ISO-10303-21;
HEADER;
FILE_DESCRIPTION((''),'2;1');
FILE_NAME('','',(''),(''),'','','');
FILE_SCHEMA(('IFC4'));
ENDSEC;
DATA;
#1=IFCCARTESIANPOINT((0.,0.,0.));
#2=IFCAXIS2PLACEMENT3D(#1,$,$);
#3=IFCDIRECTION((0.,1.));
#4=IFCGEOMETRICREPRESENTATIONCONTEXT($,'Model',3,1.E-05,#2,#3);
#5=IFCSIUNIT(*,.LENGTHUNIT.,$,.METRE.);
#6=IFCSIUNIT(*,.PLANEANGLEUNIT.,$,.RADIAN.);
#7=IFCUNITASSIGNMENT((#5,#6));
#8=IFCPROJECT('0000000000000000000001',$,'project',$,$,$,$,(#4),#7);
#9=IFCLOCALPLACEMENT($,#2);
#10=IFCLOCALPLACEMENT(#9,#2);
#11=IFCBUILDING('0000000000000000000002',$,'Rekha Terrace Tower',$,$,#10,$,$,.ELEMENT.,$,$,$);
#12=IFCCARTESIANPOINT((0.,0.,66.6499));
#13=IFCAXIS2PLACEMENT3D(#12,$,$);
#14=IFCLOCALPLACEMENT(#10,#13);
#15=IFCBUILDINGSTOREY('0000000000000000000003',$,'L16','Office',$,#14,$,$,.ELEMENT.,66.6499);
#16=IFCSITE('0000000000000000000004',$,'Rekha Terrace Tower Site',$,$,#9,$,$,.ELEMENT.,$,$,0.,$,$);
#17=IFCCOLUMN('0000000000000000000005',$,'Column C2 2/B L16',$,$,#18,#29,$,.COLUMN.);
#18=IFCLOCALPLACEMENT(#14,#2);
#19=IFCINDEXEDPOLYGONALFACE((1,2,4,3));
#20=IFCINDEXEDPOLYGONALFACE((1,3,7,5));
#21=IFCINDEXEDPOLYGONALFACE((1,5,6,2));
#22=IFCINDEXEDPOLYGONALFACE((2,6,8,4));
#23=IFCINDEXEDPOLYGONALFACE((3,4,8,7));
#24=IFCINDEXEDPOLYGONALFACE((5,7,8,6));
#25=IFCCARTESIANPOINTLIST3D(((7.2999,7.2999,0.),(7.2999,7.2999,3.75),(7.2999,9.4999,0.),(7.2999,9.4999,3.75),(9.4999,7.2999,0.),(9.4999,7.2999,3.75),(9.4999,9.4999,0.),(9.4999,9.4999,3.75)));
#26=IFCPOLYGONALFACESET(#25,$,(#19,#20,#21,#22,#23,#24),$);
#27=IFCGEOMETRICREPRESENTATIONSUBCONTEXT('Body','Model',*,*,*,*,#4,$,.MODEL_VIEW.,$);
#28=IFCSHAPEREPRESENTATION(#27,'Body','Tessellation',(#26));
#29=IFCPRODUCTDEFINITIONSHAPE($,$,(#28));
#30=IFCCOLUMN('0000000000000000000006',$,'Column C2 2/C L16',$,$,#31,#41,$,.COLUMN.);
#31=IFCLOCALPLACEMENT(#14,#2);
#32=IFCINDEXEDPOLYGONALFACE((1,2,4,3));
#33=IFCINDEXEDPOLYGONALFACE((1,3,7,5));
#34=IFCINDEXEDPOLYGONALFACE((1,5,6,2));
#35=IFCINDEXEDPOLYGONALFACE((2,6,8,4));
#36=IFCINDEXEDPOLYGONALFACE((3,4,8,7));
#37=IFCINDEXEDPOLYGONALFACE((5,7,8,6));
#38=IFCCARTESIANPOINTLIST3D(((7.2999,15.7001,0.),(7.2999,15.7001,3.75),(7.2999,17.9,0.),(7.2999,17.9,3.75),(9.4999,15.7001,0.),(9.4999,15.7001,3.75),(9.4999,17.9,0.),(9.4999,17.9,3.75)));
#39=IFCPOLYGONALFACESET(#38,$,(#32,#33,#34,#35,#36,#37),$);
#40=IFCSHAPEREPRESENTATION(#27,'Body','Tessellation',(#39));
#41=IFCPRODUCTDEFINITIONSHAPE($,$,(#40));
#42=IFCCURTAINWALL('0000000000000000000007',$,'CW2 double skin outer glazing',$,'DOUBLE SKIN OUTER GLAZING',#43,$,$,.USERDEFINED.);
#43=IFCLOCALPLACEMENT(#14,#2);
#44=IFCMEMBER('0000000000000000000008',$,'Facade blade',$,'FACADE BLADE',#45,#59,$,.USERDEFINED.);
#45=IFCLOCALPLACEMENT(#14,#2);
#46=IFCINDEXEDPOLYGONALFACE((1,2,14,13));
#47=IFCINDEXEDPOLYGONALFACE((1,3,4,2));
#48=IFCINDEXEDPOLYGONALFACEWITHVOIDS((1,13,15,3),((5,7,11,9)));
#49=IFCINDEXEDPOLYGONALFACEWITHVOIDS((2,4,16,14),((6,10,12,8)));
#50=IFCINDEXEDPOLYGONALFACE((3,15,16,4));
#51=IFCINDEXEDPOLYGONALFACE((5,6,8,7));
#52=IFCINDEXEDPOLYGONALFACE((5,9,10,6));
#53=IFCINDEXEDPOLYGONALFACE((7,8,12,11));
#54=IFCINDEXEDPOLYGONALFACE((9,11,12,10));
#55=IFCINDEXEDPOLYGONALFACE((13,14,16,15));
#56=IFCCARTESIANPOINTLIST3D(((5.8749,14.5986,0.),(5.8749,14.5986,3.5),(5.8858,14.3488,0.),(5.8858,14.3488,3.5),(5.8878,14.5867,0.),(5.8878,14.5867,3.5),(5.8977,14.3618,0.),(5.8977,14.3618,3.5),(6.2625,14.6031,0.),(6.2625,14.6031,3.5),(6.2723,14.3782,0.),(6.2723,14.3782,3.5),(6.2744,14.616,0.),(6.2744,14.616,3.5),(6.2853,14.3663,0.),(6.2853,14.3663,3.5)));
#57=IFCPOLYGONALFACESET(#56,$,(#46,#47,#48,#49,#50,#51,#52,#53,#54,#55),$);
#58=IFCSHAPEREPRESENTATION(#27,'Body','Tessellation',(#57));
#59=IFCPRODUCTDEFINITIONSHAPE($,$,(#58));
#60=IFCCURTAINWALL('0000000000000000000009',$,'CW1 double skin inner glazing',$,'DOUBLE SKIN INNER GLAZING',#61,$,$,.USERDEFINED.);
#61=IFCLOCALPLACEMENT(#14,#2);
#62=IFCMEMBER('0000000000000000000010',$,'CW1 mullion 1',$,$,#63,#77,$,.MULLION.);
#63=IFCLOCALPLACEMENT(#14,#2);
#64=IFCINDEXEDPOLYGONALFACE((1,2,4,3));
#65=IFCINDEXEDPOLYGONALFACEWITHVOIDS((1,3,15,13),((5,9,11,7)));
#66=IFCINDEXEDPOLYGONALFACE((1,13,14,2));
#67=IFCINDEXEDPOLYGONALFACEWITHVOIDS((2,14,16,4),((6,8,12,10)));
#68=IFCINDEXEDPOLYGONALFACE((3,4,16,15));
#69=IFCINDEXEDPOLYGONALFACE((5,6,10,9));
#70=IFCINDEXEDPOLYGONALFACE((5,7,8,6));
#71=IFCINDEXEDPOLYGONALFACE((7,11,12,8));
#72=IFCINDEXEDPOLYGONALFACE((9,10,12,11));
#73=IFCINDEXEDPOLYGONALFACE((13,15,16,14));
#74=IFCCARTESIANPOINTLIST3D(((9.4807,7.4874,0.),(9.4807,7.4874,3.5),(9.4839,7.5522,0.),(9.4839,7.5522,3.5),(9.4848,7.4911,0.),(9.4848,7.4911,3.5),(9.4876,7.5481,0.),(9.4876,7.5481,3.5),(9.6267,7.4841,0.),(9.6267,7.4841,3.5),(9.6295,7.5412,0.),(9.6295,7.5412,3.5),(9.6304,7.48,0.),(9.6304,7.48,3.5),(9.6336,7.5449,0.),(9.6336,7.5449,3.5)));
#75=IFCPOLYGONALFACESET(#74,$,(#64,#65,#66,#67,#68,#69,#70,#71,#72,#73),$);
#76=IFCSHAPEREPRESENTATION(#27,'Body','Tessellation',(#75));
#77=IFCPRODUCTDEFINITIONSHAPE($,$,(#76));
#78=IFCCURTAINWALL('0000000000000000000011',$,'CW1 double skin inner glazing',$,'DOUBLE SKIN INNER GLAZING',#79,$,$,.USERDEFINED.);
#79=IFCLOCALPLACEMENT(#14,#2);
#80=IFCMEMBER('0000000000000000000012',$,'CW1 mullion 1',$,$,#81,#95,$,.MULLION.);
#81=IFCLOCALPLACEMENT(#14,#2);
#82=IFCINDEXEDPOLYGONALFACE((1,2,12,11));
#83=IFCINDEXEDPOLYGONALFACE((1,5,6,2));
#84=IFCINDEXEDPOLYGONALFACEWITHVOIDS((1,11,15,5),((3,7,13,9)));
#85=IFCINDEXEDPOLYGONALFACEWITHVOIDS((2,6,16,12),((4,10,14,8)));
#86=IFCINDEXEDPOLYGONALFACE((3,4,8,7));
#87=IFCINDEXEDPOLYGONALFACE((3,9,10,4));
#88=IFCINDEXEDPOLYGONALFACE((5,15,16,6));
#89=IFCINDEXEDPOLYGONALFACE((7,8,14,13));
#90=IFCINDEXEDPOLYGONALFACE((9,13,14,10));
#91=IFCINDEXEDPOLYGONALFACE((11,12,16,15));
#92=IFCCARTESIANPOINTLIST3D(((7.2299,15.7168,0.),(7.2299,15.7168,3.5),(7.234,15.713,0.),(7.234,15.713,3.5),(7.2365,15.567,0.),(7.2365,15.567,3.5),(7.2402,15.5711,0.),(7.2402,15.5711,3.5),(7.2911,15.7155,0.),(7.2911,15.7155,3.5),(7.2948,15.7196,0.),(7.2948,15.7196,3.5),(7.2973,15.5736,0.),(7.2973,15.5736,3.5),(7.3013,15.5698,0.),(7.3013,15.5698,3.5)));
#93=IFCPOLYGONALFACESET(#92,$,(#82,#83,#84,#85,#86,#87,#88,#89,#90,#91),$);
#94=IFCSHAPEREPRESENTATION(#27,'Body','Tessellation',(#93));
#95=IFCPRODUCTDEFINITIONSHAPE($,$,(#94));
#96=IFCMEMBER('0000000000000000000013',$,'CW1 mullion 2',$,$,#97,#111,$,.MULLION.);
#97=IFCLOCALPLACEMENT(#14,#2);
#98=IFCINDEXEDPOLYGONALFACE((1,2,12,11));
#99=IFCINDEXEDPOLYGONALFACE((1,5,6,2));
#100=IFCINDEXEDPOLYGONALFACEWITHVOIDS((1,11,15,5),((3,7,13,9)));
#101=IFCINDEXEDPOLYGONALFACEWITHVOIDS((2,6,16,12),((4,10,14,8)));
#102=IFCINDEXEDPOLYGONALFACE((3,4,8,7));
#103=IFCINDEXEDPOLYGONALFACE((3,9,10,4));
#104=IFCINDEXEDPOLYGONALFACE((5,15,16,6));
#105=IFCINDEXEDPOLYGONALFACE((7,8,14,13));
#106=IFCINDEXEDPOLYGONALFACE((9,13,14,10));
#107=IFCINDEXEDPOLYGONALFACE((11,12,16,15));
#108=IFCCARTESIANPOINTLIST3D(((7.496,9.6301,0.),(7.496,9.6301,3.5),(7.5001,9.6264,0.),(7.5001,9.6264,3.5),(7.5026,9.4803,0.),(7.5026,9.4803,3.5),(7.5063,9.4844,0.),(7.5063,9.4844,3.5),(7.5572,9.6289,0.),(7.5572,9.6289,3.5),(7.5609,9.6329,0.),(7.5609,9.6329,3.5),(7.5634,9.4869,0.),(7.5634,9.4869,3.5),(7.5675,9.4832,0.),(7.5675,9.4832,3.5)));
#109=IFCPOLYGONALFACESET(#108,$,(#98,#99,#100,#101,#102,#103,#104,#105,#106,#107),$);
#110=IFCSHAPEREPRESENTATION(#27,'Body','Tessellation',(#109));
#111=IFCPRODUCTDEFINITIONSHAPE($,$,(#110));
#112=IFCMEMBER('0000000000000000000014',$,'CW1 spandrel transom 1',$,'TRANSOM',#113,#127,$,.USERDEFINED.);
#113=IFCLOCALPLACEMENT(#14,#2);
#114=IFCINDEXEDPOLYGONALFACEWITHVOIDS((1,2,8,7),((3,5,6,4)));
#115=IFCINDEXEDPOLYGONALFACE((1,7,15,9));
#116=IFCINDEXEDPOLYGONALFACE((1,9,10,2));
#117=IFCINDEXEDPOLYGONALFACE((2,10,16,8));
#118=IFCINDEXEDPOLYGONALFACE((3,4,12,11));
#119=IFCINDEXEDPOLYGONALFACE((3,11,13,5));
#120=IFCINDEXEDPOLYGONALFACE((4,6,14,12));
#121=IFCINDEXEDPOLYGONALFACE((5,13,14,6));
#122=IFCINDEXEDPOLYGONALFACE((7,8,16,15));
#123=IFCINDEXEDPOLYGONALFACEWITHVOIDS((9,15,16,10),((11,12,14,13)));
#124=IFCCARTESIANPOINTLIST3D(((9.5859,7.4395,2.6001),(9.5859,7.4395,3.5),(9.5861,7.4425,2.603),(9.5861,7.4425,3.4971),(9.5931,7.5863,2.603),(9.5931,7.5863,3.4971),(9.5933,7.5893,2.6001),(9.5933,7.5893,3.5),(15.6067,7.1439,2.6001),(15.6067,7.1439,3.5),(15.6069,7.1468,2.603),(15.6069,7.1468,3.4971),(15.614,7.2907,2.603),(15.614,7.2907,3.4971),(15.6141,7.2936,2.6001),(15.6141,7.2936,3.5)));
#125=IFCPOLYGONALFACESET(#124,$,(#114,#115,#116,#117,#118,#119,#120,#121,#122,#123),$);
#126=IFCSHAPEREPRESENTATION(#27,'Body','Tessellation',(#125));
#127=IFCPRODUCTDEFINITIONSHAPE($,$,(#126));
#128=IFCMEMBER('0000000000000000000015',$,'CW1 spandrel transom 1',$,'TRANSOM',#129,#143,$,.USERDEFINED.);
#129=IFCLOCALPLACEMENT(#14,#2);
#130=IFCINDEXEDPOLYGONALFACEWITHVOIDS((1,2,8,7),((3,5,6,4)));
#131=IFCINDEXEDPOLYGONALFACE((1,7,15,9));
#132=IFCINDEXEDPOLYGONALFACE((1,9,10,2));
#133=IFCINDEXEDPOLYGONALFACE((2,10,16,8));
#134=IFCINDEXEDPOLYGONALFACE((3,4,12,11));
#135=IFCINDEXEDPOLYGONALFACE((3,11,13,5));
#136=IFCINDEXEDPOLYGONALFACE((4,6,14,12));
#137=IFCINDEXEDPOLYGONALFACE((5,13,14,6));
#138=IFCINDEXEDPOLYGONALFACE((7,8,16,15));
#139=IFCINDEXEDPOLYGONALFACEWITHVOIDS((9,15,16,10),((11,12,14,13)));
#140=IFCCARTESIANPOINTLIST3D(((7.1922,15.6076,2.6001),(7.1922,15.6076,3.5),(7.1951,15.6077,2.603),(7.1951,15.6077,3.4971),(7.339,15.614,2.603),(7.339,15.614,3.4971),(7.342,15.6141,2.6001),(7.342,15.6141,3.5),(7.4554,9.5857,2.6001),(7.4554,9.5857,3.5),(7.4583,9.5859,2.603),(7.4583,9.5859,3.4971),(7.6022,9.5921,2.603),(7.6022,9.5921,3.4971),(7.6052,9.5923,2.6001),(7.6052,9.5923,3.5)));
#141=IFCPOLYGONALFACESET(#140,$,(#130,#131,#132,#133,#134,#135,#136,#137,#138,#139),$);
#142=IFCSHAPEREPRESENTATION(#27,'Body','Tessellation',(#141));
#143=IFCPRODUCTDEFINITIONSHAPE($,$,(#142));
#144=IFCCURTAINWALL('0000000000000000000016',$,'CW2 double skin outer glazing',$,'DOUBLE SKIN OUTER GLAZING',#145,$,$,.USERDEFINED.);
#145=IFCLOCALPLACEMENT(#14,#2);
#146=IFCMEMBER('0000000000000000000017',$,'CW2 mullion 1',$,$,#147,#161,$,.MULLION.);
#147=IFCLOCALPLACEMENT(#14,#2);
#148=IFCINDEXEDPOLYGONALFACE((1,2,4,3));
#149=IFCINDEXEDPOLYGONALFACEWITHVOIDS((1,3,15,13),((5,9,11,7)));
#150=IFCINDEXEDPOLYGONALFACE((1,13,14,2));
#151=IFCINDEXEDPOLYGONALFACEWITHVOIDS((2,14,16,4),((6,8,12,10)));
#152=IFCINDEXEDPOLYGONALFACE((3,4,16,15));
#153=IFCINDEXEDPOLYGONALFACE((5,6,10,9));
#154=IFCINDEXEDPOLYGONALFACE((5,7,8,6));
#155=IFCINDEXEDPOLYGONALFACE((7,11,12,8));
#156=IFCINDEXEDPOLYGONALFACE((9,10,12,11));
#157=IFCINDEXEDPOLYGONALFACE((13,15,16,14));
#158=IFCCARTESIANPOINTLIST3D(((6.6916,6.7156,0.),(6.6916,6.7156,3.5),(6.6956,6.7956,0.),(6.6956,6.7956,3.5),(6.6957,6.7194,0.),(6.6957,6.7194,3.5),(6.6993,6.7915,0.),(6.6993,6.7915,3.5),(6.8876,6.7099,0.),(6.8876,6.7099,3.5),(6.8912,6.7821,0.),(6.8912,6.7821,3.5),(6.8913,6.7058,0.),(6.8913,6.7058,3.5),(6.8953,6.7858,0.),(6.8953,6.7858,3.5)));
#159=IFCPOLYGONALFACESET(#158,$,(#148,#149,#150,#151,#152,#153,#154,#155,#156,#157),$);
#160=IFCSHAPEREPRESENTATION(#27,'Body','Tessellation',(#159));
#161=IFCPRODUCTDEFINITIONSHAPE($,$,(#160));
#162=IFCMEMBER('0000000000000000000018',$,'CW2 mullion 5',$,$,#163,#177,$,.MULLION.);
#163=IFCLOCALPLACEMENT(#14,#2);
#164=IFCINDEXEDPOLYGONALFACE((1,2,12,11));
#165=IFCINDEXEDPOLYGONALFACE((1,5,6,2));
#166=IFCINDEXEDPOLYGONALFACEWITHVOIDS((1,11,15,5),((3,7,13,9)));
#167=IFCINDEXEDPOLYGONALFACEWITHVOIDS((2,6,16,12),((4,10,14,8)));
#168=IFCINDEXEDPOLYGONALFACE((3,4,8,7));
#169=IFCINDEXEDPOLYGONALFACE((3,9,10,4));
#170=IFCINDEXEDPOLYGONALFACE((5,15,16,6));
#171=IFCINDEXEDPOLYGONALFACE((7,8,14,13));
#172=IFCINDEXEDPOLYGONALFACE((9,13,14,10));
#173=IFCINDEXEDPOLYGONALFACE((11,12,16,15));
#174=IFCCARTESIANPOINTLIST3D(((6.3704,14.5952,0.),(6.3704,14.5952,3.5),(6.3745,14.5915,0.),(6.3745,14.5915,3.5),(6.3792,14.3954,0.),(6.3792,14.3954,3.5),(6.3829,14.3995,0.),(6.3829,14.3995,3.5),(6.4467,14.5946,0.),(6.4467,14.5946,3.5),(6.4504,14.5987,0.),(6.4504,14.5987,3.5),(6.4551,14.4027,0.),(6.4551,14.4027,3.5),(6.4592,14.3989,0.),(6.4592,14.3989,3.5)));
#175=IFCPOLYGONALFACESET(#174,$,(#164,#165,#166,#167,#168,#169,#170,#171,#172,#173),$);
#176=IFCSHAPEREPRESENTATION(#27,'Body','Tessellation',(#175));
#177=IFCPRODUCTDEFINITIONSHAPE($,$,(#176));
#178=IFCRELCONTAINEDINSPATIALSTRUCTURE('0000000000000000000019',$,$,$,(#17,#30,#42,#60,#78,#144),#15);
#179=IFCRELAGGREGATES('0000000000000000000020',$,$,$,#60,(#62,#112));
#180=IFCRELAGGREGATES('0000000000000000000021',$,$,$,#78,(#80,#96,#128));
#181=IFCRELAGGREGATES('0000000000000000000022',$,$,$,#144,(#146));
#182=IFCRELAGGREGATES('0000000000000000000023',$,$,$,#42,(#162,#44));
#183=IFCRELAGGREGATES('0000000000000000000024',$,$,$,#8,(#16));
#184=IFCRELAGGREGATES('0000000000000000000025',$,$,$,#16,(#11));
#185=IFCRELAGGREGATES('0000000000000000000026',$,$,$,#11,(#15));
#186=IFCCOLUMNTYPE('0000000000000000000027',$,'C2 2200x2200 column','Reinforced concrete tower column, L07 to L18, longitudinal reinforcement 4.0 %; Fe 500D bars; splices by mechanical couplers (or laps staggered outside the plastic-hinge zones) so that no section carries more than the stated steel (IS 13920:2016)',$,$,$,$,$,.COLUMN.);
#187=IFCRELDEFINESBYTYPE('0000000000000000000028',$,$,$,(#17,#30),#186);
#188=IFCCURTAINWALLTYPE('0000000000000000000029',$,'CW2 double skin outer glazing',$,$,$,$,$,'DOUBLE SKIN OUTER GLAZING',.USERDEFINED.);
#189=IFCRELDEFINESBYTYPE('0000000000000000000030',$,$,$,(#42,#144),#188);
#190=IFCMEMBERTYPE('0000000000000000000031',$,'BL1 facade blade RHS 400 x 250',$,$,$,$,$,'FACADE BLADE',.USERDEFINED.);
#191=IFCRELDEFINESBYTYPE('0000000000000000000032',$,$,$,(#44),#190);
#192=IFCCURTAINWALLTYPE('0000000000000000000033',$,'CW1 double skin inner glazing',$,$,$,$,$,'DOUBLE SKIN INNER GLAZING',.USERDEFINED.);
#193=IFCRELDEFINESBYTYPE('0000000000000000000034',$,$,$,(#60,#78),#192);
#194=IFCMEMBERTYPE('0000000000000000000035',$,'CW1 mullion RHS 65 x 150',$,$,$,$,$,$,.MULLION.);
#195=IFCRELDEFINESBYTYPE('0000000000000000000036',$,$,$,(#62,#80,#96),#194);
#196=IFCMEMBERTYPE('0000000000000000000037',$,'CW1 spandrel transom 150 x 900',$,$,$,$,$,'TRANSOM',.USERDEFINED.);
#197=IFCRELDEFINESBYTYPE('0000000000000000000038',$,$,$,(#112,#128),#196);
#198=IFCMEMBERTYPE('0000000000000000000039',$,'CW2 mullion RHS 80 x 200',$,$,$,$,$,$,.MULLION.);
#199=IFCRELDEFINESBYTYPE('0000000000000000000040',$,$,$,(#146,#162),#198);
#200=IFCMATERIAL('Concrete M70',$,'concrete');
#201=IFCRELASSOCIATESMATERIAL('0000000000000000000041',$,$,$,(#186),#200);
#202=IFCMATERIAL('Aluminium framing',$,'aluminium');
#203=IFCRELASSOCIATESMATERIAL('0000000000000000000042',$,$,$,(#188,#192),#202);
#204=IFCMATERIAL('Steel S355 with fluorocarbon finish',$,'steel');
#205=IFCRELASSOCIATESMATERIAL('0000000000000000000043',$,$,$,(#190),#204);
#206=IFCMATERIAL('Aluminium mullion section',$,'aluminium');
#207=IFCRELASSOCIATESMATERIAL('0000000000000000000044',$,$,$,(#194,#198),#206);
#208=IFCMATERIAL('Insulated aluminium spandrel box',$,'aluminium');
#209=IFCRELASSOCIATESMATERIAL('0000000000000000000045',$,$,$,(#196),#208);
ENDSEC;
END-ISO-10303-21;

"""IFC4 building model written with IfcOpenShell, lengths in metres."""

from ifc_helpers import new_model, si_unit, direction, frame, origin, origin_2d, place, context, subcontext, project, spatial, rectangle, hollow_rectangle, extrude, material, material_profile, profile_set, type_object, element, aggregate, save


model = new_model("IFC4")

# Units and contexts
model_context = context("Model", 3, precision=1e-05, world=origin(), true_north=direction((0.0, 1.0)))
body_context = subcontext(model_context, "Body", "Model", "MODEL_VIEW")
ifc_project = project(units=[si_unit("LENGTHUNIT", "METRE"), si_unit("PLANEANGLEUNIT", "RADIAN")], contexts=[model_context])

# Site, building, storey
site_placement = place(None, origin())
site = spatial("IfcSite", under=ifc_project, at=site_placement, Name="Rekha Terrace Tower Site", CompositionType="ELEMENT", RefElevation=0.0)
building_placement = place(site_placement, origin())
building = spatial("IfcBuilding", under=site, at=building_placement, Name="Rekha Terrace Tower", CompositionType="ELEMENT")
storey_placement = place(building_placement, frame((0.0, 0.0, 66.6499)))
storey = spatial("IfcBuildingStorey", under=building, at=storey_placement, Name="L16", Description="Office", CompositionType="ELEMENT", Elevation=66.6499)

# Columns
ifc_material_1 = material(Name="Concrete M70", Category="concrete")
ifc_material_profile_1 = material_profile(ifc_material_1, rectangle(XDim=2.2, YDim=2.2, at=origin_2d()), Name="RC 2200x2200")
ifc_profile_set_1 = profile_set([ifc_material_profile_1], Name="Concrete M70")
column_type = type_object("IfcColumnType", Name="C2 2200x2200 column", Description="Reinforced concrete tower column, L07 to L18, longitudinal reinforcement 4.0 %; Fe 500D bars; splices by mechanical couplers (or laps staggered outside the plastic-hinge zones) so that no section carries more than the stated steel (IS 13920:2016)", PredefinedType="COLUMN", material=ifc_profile_set_1)
for number, where, z_axis, x_axis, name in (
    (1, (8.3999, 8.3999, 0.0), (0.0, 0.0, 1.0), (1.0, 0.0, 0.0), "Column C2 2/B L16"),
    (2, (8.3999, 16.8, 0.0), (0.0, 0.0, 1.0), (1.0, 0.0, 0.0), "Column C2 2/C L16"),
):
    element("IfcColumn", number, at=place(storey_placement, frame(where, z_axis=z_axis, x_axis=x_axis)), inside=storey, type_object=column_type, Name=name, PredefinedType="COLUMN", context=body_context, shape_type="SweptSolid", body=[
        extrude(rectangle(XDim=2.2, YDim=2.2, at=origin_2d()), origin(), (0.0, 0.0, 1.0), 3.75),
    ])

# Curtain walls, members
ifc_material_2 = material(Name="Aluminium framing", Category="aluminium")
curtain_wall_type_1 = type_object("IfcCurtainWallType", Name="CW2 double skin outer glazing", ElementType="DOUBLE SKIN OUTER GLAZING", PredefinedType="USERDEFINED", material=ifc_material_2)
curtain_wall_1_placement = place(storey_placement, origin())
curtain_wall_1 = element("IfcCurtainWall", 3, at=curtain_wall_1_placement, inside=storey, type_object=curtain_wall_type_1, Name="CW2 double skin outer glazing", ObjectType="DOUBLE SKIN OUTER GLAZING", PredefinedType="USERDEFINED")
ifc_material_3 = material(Name="Steel S355 with fluorocarbon finish", Category="steel")
ifc_material_profile_2 = material_profile(ifc_material_3, hollow_rectangle(XDim=0.25, YDim=0.3999, WallThickness=0.0125, at=origin_2d()), Name="RHS400x250x12.5")
ifc_profile_set_2 = profile_set([ifc_material_profile_2], Name="Steel S355 with fluorocarbon finish")
member_type_1 = type_object("IfcMemberType", Name="BL1 facade blade RHS 400 x 250", ElementType="FACADE BLADE", PredefinedType="USERDEFINED", material=ifc_profile_set_2)
member_1_placement = place(storey_placement, frame((6.0801, 14.4824, 0.0), z_axis=(0.0, 0.0, 1.0), x_axis=(0.043682, -0.999045, 0.0)))
member_1 = element("IfcMember", 4, at=member_1_placement, type_object=member_type_1, Name="Facade blade", ObjectType="FACADE BLADE", PredefinedType="USERDEFINED", context=body_context, shape_type="SweptSolid", body=[
    extrude(hollow_rectangle(XDim=0.25, YDim=0.3999, WallThickness=0.0125, at=origin_2d()), origin(), (0.0, 0.0, 1.0), 3.5),
])
curtain_wall_type_2 = type_object("IfcCurtainWallType", Name="CW1 double skin inner glazing", ElementType="DOUBLE SKIN INNER GLAZING", PredefinedType="USERDEFINED", material=ifc_material_2)
curtain_wall_2_placement = place(storey_placement, origin())
curtain_wall_2 = element("IfcCurtainWall", 5, at=curtain_wall_2_placement, inside=storey, type_object=curtain_wall_type_2, Name="CW1 double skin inner glazing", ObjectType="DOUBLE SKIN INNER GLAZING", PredefinedType="USERDEFINED")
ifc_material_4 = material(Name="Aluminium mullion section", Category="aluminium")
ifc_material_profile_3 = material_profile(ifc_material_4, hollow_rectangle(XDim=0.0649, YDim=0.1499, WallThickness=0.0039, at=origin_2d()), Name="AL RHS 65x150")
ifc_profile_set_3 = profile_set([ifc_material_profile_3], Name="Aluminium mullion section")
member_type_2 = type_object("IfcMemberType", Name="CW1 mullion RHS 65 x 150", PredefinedType="MULLION", material=ifc_profile_set_3)
member_2_placement = place(storey_placement, frame((9.5571, 7.5161, 0.0), z_axis=(0.0, 0.0, 1.0), x_axis=(0.049052, 0.998796, 0.0)))
member_2 = element("IfcMember", 6, at=member_2_placement, type_object=member_type_2, Name="CW1 mullion 1", PredefinedType="MULLION", context=body_context, shape_type="SweptSolid", body=[
    extrude(hollow_rectangle(XDim=0.0649, YDim=0.1499, WallThickness=0.0039, at=origin_2d()), origin(), (0.0, 0.0, 1.0), 3.5),
])

# Curtain wall, members
curtain_wall_3_placement = place(storey_placement, origin())
curtain_wall_3 = element("IfcCurtainWall", 7, at=curtain_wall_3_placement, inside=storey, type_object=curtain_wall_type_2, Name="CW1 double skin inner glazing", ObjectType="DOUBLE SKIN INNER GLAZING", PredefinedType="USERDEFINED")
member_3_placement = place(storey_placement, frame((7.2656, 15.6433, 0.0), z_axis=(0.0, 0.0, 1.0), x_axis=(0.999045, 0.043683, 0.0)))
member_3 = element("IfcMember", 8, at=member_3_placement, type_object=member_type_2, Name="CW1 mullion 1", PredefinedType="MULLION", context=body_context, shape_type="SweptSolid", body=[
    extrude(hollow_rectangle(XDim=0.0649, YDim=0.1499, WallThickness=0.0039, at=origin_2d()), origin(), (0.0, 0.0, 1.0), 3.5),
])
member_4_placement = place(storey_placement, frame((7.5317, 9.5566, 0.0), z_axis=(0.0, 0.0, 1.0), x_axis=(0.999045, 0.043683, 0.0)))
member_4 = element("IfcMember", 9, at=member_4_placement, type_object=member_type_2, Name="CW1 mullion 2", PredefinedType="MULLION", context=body_context, shape_type="SweptSolid", body=[
    extrude(hollow_rectangle(XDim=0.0649, YDim=0.1499, WallThickness=0.0039, at=origin_2d()), origin(), (0.0, 0.0, 1.0), 3.5),
])

# Members
ifc_material_5 = material(Name="Insulated aluminium spandrel box", Category="aluminium")
ifc_material_profile_4 = material_profile(ifc_material_5, hollow_rectangle(XDim=0.1499, YDim=0.8999, WallThickness=0.0029, at=origin_2d()), Name="AL SPANDREL BOX 150x900")
ifc_profile_set_4 = profile_set([ifc_material_profile_4], Name="Insulated aluminium spandrel box")
member_type_3 = type_object("IfcMemberType", Name="CW1 spandrel transom 150 x 900", ElementType="TRANSOM", PredefinedType="USERDEFINED", material=ifc_profile_set_4)
member_5_placement = place(storey_placement, frame((9.5896, 7.5144, 3.05), z_axis=(0.998796, -0.049047, 0.0), x_axis=(0.049047, 0.998796, 0.0)))
member_5 = element("IfcMember", 10, at=member_5_placement, type_object=member_type_3, Name="CW1 spandrel transom 1", ObjectType="TRANSOM", PredefinedType="USERDEFINED", context=body_context, shape_type="SweptSolid", body=[
    extrude(hollow_rectangle(XDim=0.1499, YDim=0.8999, WallThickness=0.0029, at=origin_2d()), origin(), (0.0, 0.0, 1.0), 6.0281),
])
member_6_placement = place(storey_placement, frame((7.2671, 15.6108, 3.05), z_axis=(0.043664, -0.999046, 0.0), x_axis=(0.999046, 0.043664, 0.0)))
member_6 = element("IfcMember", 11, at=member_6_placement, type_object=member_type_3, Name="CW1 spandrel transom 1", ObjectType="TRANSOM", PredefinedType="USERDEFINED", context=body_context, shape_type="SweptSolid", body=[
    extrude(hollow_rectangle(XDim=0.1499, YDim=0.8999, WallThickness=0.0029, at=origin_2d()), origin(), (0.0, 0.0, 1.0), 6.0276),
])

# Curtain wall, member
curtain_wall_4_placement = place(storey_placement, origin())
curtain_wall_4 = element("IfcCurtainWall", 12, at=curtain_wall_4_placement, inside=storey, type_object=curtain_wall_type_1, Name="CW2 double skin outer glazing", ObjectType="DOUBLE SKIN OUTER GLAZING", PredefinedType="USERDEFINED")
ifc_material_profile_5 = material_profile(ifc_material_4, hollow_rectangle(XDim=0.0801, YDim=0.2, WallThickness=0.0039, at=origin_2d()), Name="AL RHS 80x200")
ifc_profile_set_5 = profile_set([ifc_material_profile_5], Name="Aluminium mullion section")
member_type_4 = type_object("IfcMemberType", Name="CW2 mullion RHS 80 x 200", PredefinedType="MULLION", material=ifc_profile_set_5)
member_7_placement = place(storey_placement, frame((6.7935, 6.7507, 0.0), z_axis=(0.0, 0.0, 1.0), x_axis=(0.049052, 0.998796, 0.0)))
member_7 = element("IfcMember", 13, at=member_7_placement, type_object=member_type_4, Name="CW2 mullion 1", PredefinedType="MULLION", context=body_context, shape_type="SweptSolid", body=[
    extrude(hollow_rectangle(XDim=0.0801, YDim=0.2, WallThickness=0.0039, at=origin_2d()), origin(), (0.0, 0.0, 1.0), 3.5),
])

# Member
member_8_placement = place(storey_placement, frame((6.4148, 14.4971, 0.0), z_axis=(0.0, 0.0, 1.0), x_axis=(0.999045, 0.043683, 0.0)))
member_8 = element("IfcMember", 14, at=member_8_placement, type_object=member_type_4, Name="CW2 mullion 5", PredefinedType="MULLION", context=body_context, shape_type="SweptSolid", body=[
    extrude(hollow_rectangle(XDim=0.0801, YDim=0.2, WallThickness=0.0039, at=origin_2d()), origin(), (0.0, 0.0, 1.0), 3.5),
])

aggregate(curtain_wall_2, [member_2, member_5])
aggregate(curtain_wall_3, [member_3, member_4, member_6])
aggregate(curtain_wall_4, [member_7])
aggregate(curtain_wall_1, [member_8, member_1])

save(model, "model.ifc")
